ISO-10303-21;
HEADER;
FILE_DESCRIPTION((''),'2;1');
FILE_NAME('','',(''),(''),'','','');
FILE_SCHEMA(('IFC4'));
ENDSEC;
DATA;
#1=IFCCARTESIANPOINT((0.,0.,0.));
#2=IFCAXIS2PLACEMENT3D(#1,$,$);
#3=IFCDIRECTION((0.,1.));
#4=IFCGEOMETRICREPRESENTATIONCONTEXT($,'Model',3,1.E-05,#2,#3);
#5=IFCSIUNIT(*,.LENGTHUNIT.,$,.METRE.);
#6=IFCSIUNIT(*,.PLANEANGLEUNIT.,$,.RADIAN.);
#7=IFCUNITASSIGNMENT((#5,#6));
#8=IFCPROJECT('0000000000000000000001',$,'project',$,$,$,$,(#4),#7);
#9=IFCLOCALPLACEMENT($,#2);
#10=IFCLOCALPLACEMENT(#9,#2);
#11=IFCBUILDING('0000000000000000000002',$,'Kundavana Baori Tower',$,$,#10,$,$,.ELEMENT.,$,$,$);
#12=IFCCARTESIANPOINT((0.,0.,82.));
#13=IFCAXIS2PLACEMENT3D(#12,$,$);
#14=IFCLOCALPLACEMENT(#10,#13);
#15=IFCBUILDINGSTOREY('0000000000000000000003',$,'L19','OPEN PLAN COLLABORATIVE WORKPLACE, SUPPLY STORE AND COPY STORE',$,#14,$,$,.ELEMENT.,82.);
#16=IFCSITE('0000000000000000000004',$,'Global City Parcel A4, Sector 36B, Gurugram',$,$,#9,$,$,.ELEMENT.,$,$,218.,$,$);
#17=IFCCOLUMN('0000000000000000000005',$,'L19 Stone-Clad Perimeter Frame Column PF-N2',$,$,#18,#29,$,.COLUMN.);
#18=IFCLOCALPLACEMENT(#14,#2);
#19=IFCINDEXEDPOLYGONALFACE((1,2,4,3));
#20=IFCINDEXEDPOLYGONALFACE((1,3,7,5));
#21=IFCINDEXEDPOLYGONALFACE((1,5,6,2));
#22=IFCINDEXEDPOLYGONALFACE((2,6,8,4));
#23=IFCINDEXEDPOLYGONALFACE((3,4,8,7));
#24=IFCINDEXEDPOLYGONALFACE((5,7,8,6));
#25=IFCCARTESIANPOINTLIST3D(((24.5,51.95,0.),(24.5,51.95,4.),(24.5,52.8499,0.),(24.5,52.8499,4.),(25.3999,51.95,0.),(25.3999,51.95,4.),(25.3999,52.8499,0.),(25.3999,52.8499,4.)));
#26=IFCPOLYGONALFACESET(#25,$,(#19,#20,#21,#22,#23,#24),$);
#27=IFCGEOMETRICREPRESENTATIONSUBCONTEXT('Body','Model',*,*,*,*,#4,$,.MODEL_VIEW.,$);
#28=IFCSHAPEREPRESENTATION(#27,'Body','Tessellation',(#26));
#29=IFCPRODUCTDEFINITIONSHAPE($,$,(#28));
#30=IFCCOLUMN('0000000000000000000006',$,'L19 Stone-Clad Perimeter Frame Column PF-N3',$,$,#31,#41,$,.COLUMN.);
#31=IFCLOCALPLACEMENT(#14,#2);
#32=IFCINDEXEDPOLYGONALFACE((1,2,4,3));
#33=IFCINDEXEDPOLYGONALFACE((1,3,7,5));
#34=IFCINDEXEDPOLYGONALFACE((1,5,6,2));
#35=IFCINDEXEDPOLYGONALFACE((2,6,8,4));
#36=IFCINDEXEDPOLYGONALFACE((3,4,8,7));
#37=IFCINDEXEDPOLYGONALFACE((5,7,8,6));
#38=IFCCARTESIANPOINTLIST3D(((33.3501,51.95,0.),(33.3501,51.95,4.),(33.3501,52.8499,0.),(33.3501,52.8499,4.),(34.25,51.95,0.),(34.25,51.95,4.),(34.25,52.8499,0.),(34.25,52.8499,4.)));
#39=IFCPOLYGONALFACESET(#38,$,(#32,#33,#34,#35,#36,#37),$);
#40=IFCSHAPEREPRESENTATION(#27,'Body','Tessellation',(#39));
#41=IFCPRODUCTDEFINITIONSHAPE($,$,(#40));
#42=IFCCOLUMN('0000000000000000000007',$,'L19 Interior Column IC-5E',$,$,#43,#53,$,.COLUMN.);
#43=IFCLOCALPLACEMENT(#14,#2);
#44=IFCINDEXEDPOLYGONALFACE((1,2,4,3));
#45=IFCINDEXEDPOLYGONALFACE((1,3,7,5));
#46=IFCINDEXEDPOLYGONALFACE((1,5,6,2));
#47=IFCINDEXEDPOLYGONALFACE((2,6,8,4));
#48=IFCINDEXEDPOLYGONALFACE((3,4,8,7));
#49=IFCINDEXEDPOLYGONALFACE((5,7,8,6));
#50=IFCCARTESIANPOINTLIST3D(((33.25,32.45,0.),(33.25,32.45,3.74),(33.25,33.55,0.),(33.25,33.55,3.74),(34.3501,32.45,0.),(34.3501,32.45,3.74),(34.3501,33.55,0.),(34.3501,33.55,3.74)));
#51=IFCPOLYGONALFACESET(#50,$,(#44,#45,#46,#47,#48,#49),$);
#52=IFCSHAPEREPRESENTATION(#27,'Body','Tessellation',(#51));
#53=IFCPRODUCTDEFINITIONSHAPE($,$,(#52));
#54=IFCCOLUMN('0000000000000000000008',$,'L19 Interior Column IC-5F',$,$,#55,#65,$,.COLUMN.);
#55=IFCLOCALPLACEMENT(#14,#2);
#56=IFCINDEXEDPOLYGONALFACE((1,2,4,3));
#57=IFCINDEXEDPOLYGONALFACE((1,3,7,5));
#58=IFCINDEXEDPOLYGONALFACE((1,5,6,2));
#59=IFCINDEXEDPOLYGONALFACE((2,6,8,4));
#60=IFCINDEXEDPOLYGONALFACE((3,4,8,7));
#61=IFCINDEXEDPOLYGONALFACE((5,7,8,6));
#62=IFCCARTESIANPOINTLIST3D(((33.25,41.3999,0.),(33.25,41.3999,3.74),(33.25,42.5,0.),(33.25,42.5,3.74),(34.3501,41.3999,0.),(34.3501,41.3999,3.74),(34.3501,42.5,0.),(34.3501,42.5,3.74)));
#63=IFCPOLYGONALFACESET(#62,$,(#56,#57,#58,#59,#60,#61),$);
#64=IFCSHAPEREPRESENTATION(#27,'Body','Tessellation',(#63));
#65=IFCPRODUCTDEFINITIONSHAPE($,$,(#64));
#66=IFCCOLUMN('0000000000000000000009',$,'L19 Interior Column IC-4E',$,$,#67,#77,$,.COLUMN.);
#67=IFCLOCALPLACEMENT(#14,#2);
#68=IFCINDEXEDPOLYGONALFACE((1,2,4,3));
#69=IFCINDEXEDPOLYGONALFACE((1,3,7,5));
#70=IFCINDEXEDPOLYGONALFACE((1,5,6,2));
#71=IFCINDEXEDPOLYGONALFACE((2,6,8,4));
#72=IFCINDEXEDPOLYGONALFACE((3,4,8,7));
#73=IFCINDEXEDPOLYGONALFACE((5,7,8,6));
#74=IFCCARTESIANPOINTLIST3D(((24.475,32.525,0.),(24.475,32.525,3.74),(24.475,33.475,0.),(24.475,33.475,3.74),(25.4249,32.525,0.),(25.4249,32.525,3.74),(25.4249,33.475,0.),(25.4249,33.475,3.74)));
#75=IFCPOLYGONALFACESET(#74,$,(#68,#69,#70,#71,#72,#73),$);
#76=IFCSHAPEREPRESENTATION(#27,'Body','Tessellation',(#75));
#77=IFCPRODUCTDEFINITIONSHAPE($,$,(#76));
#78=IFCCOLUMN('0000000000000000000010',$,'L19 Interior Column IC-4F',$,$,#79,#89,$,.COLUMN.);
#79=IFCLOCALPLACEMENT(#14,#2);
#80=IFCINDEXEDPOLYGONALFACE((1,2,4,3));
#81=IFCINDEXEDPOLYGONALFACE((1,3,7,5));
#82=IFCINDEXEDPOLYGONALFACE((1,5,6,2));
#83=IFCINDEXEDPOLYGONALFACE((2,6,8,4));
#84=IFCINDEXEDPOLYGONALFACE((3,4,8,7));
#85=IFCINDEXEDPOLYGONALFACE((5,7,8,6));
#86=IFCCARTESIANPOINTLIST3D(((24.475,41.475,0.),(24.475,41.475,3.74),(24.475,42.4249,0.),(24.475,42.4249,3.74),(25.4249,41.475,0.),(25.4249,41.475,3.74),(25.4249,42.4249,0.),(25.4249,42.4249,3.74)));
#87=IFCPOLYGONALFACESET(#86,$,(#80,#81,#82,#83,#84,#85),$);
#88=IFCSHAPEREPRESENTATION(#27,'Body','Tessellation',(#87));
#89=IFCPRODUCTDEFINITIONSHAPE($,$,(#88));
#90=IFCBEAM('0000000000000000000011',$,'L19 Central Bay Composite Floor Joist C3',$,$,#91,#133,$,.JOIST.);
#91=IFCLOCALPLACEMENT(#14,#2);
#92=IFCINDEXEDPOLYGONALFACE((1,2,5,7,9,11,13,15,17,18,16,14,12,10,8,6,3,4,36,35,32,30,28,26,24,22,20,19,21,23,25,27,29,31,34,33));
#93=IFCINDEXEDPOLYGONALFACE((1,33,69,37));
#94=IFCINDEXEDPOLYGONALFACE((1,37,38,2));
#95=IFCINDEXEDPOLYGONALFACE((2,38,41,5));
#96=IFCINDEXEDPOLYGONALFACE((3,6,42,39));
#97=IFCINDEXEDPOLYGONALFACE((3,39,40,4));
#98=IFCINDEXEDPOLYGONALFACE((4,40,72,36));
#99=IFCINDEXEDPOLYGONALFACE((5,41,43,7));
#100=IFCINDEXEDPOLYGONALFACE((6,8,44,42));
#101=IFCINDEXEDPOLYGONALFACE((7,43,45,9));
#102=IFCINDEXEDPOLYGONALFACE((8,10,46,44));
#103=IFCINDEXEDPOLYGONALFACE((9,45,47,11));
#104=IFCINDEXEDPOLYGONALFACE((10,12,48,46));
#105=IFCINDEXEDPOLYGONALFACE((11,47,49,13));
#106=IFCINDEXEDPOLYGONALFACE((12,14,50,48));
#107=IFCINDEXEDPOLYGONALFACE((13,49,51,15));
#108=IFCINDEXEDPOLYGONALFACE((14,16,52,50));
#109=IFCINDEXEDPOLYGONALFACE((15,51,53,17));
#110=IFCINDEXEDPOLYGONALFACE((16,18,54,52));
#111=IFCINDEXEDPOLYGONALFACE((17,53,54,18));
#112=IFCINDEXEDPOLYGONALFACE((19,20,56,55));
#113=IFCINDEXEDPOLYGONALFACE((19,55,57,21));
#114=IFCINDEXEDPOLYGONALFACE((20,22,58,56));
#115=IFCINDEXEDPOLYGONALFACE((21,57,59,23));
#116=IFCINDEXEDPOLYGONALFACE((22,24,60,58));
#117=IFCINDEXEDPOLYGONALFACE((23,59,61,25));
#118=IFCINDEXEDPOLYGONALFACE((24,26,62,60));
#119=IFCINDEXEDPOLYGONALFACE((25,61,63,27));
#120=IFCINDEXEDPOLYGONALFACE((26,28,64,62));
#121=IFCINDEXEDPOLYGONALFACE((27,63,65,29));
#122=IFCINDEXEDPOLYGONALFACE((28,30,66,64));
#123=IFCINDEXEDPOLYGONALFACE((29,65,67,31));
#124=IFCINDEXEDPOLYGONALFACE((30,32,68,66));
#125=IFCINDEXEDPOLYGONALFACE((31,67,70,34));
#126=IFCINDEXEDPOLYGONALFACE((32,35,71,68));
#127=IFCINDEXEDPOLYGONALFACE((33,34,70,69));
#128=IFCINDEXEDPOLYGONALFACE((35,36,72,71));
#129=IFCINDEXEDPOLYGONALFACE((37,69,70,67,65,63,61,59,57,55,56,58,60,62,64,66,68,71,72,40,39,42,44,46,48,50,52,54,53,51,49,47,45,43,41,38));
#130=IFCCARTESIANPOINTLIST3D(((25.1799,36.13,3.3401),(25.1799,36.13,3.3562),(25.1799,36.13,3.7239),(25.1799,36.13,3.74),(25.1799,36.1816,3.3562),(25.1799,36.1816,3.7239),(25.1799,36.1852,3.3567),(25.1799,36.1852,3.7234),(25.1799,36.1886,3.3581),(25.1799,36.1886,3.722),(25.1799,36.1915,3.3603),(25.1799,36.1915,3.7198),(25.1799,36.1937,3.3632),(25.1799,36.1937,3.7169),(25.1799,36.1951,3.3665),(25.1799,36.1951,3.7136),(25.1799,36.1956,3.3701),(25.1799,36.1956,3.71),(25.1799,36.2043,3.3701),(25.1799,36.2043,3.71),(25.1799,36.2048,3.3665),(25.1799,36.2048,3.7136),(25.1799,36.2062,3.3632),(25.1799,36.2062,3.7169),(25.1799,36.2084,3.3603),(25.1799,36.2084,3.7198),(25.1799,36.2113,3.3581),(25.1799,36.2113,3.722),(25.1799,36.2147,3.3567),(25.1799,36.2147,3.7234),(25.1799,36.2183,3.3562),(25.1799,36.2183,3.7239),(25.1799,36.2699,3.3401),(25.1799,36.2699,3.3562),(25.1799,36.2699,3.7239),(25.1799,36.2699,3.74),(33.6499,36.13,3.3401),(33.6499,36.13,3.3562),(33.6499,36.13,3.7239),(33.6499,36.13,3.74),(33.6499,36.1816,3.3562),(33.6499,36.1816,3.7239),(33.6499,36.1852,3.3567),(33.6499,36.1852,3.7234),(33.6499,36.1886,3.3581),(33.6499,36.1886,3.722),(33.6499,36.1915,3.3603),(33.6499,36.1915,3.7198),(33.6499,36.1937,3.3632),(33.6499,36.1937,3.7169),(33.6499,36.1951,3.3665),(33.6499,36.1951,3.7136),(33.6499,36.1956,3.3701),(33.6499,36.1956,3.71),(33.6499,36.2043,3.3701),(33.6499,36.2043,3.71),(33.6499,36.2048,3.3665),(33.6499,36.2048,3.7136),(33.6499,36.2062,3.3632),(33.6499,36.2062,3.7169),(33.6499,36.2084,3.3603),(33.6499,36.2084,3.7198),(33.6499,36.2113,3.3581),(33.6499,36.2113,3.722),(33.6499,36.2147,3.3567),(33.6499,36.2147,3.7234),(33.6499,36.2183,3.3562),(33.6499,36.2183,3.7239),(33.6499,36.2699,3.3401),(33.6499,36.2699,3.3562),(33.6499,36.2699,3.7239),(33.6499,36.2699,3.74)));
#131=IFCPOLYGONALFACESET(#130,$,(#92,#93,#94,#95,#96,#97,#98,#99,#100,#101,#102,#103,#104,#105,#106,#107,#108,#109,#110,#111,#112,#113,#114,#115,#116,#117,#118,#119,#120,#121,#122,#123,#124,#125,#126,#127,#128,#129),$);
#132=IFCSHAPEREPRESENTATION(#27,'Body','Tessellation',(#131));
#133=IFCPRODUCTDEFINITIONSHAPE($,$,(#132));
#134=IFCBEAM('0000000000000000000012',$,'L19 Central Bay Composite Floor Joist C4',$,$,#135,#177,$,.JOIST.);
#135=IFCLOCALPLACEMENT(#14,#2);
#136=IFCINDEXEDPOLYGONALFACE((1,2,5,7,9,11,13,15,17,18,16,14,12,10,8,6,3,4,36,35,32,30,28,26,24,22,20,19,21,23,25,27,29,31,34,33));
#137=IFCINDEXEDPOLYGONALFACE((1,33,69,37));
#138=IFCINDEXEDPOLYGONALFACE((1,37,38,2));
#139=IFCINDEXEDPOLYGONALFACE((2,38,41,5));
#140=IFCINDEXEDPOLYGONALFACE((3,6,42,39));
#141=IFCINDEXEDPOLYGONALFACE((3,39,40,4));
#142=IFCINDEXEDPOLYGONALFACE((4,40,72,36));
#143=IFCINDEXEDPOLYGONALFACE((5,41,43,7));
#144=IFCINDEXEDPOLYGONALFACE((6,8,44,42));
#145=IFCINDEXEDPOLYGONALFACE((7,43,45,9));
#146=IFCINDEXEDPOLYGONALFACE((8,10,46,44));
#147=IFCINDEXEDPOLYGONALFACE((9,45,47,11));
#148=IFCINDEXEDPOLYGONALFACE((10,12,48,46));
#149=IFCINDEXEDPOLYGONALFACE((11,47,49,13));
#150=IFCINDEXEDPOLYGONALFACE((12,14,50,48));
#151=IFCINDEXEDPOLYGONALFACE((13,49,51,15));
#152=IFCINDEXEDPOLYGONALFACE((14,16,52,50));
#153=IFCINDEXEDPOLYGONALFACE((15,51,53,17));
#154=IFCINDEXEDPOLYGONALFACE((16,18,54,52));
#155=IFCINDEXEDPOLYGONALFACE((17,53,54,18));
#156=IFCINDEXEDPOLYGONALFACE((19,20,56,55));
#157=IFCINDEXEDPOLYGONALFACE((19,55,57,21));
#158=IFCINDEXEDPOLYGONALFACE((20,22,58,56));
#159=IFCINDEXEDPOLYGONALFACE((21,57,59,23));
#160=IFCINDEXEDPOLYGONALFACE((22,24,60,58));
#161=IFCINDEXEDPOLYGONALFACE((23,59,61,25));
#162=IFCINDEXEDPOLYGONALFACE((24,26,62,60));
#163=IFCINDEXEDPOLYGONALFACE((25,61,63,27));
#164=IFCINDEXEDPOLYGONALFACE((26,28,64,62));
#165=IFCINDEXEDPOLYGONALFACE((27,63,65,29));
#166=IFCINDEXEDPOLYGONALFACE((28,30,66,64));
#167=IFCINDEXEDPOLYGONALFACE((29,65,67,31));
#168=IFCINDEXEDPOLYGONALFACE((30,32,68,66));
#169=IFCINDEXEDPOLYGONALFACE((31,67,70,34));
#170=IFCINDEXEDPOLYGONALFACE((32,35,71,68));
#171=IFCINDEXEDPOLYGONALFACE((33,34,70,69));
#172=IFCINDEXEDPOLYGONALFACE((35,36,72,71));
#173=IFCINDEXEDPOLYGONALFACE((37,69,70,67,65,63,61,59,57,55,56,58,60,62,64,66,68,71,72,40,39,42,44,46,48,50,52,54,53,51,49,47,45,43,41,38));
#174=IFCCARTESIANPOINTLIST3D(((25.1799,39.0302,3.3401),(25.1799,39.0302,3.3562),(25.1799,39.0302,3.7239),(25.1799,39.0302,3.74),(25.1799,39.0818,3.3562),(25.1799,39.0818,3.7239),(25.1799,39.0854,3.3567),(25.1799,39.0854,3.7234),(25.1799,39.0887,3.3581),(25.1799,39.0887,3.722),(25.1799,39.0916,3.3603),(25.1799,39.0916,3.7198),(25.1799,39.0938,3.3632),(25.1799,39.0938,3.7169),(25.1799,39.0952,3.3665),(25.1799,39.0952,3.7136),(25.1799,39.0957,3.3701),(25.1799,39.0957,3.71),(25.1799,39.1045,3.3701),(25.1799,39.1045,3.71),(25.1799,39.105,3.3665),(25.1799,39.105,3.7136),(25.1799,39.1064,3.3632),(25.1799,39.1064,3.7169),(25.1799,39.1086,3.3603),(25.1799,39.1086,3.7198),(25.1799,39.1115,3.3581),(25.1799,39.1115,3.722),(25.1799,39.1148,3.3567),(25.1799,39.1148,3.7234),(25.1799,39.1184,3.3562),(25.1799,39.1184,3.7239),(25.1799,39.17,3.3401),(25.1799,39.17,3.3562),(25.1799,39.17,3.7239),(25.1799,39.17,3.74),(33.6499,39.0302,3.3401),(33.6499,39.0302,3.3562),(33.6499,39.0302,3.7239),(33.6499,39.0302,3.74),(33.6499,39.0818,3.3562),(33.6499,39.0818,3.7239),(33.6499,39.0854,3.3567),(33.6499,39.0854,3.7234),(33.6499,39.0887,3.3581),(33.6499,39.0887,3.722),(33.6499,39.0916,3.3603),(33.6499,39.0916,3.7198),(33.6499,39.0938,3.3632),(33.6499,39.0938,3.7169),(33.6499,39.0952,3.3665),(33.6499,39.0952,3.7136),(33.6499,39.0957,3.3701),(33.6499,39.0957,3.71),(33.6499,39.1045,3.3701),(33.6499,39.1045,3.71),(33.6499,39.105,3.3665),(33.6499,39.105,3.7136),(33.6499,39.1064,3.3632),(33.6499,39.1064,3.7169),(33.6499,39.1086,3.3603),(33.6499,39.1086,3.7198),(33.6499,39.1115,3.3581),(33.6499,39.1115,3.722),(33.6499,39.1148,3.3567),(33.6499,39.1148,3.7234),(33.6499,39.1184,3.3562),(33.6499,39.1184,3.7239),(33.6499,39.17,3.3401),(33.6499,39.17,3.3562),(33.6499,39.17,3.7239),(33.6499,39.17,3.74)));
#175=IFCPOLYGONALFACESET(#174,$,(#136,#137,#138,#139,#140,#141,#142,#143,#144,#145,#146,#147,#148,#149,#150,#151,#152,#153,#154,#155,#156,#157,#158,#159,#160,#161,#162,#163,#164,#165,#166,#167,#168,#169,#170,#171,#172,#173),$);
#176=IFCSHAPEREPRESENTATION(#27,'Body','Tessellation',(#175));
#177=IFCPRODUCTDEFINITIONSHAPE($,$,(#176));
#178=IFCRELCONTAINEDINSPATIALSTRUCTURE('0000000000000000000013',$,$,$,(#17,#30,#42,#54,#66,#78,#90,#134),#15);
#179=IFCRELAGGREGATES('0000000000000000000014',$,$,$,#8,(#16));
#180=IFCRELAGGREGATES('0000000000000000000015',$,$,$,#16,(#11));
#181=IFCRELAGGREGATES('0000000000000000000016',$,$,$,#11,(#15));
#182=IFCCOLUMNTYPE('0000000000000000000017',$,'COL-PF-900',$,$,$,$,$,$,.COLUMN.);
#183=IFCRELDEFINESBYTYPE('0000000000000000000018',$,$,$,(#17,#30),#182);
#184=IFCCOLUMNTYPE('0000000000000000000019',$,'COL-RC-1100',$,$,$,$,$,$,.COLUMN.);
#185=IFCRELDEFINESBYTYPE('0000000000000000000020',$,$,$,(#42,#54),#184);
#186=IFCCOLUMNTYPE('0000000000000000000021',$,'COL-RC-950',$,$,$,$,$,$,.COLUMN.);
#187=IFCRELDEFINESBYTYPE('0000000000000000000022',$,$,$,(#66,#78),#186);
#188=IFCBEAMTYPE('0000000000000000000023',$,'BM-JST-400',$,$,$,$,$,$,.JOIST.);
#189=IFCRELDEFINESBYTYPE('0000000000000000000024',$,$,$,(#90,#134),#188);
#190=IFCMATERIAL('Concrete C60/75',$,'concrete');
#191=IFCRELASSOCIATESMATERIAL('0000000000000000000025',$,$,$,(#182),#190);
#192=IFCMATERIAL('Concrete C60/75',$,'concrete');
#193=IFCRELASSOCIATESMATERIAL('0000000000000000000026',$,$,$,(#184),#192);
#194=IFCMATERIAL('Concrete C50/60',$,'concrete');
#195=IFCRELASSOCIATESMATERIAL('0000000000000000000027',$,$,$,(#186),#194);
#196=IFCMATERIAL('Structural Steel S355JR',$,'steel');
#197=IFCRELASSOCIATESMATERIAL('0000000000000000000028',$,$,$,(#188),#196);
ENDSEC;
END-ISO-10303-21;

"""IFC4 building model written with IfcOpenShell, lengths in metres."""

from ifc_helpers import new_model, si_unit, direction, frame, origin, origin_2d, place, context, subcontext, project, spatial, rectangle, i_section, extrude, material, material_profile, profile_set, type_object, element, save


model = new_model("IFC4")

# Units and contexts
model_context = context("Model", 3, precision=1e-05, world=origin(), true_north=direction((0.0, 1.0)))
body_context = subcontext(model_context, "Body", "Model", "MODEL_VIEW")
ifc_project = project(units=[si_unit("LENGTHUNIT", "METRE"), si_unit("PLANEANGLEUNIT", "RADIAN")], contexts=[model_context])

# Site, building, storey
site_placement = place(None, origin())
site = spatial("IfcSite", under=ifc_project, at=site_placement, Name="Global City Parcel A4, Sector 36B, Gurugram", CompositionType="ELEMENT", RefElevation=218.0)
building_placement = place(site_placement, origin())
building = spatial("IfcBuilding", under=site, at=building_placement, Name="Kundavana Baori Tower", CompositionType="ELEMENT")
storey_placement = place(building_placement, frame((0.0, 0.0, 82.0)))
storey = spatial("IfcBuildingStorey", under=building, at=storey_placement, Name="L19", Description="OPEN PLAN COLLABORATIVE WORKPLACE, SUPPLY STORE AND COPY STORE", CompositionType="ELEMENT", Elevation=82.0)

# Columns
ifc_material_1 = material(Name="Concrete C60/75", Category="concrete")
ifc_material_profile_1 = material_profile(ifc_material_1, rectangle(XDim=0.8999, YDim=0.8999, at=origin_2d()), Name="RC PF 900x900")
ifc_profile_set_1 = profile_set([ifc_material_profile_1], Name="Concrete C60/75")
column_type_1 = type_object("IfcColumnType", Name="COL-PF-900", PredefinedType="COLUMN", material=ifc_profile_set_1)
for number, where, z_axis, x_axis, name in (
    (1, (24.95, 52.3999, 0.0), (0.0, 0.0, 1.0), (1.0, 0.0, 0.0), "L19 Stone-Clad Perimeter Frame Column PF-N2"),
    (2, (33.8, 52.3999, 0.0), (0.0, 0.0, 1.0), (1.0, 0.0, 0.0), "L19 Stone-Clad Perimeter Frame Column PF-N3"),
):
    element("IfcColumn", number, at=place(storey_placement, frame(where, z_axis=z_axis, x_axis=x_axis)), inside=storey, type_object=column_type_1, Name=name, PredefinedType="COLUMN", context=body_context, shape_type="SweptSolid", body=[
        extrude(rectangle(XDim=0.8999, YDim=0.8999, at=origin_2d()), origin(), (0.0, 0.0, 1.0), 4.0),
    ])
ifc_material_2 = material(Name="Concrete C60/75", Category="concrete")
ifc_material_profile_2 = material_profile(ifc_material_2, rectangle(XDim=1.1001, YDim=1.1001, at=origin_2d()), Name="RC 1100x1100")
ifc_profile_set_2 = profile_set([ifc_material_profile_2], Name="Concrete C60/75")
column_type_2 = type_object("IfcColumnType", Name="COL-RC-1100", PredefinedType="COLUMN", material=ifc_profile_set_2)
for number, where, z_axis, x_axis, name in (
    (3, (33.8, 33.0, 0.0), (0.0, 0.0, 1.0), (1.0, 0.0, 0.0), "L19 Interior Column IC-5E"),
    (4, (33.8, 41.95, 0.0), (0.0, 0.0, 1.0), (1.0, 0.0, 0.0), "L19 Interior Column IC-5F"),
):
    element("IfcColumn", number, at=place(storey_placement, frame(where, z_axis=z_axis, x_axis=x_axis)), inside=storey, type_object=column_type_2, Name=name, PredefinedType="COLUMN", context=body_context, shape_type="SweptSolid", body=[
        extrude(rectangle(XDim=1.1001, YDim=1.1001, at=origin_2d()), origin(), (0.0, 0.0, 1.0), 3.74),
    ])
ifc_material_3 = material(Name="Concrete C50/60", Category="concrete")
ifc_material_profile_3 = material_profile(ifc_material_3, rectangle(XDim=0.95, YDim=0.95, at=origin_2d()), Name="RC 950x950")
ifc_profile_set_3 = profile_set([ifc_material_profile_3], Name="Concrete C50/60")
column_type_3 = type_object("IfcColumnType", Name="COL-RC-950", PredefinedType="COLUMN", material=ifc_profile_set_3)
for number, where, z_axis, x_axis, name in (
    (5, (24.95, 33.0, 0.0), (0.0, 0.0, 1.0), (1.0, 0.0, 0.0), "L19 Interior Column IC-4E"),
    (6, (24.95, 41.95, 0.0), (0.0, 0.0, 1.0), (1.0, 0.0, 0.0), "L19 Interior Column IC-4F"),
):
    element("IfcColumn", number, at=place(storey_placement, frame(where, z_axis=z_axis, x_axis=x_axis)), inside=storey, type_object=column_type_3, Name=name, PredefinedType="COLUMN", context=body_context, shape_type="SweptSolid", body=[
        extrude(rectangle(XDim=0.95, YDim=0.95, at=origin_2d()), origin(), (0.0, 0.0, 1.0), 3.74),
    ])

# Beams
ifc_material_4 = material(Name="Structural Steel S355JR", Category="steel")
ifc_material_profile_4 = material_profile(ifc_material_4, i_section(OverallWidth=0.1399, OverallDepth=0.3999, WebThickness=0.0088, FlangeThickness=0.0161, FilletRadius=0.0139, at=origin_2d()), Name="ISMB 400")
ifc_profile_set_4 = profile_set([ifc_material_profile_4], Name="Structural Steel S355JR")
beam_type_1 = type_object("IfcBeamType", Name="BM-JST-400", PredefinedType="JOIST", material=ifc_profile_set_4)
for number, where, z_axis, x_axis, name in (
    (7, (25.1799, 36.2, 3.54), (1.0, 0.0, 0.0), (0.0, 1.0, 0.0), "L19 Central Bay Composite Floor Joist C3"),
    (8, (25.1799, 39.1001, 3.54), (1.0, 0.0, 0.0), (0.0, 1.0, 0.0), "L19 Central Bay Composite Floor Joist C4"),
):
    element("IfcBeam", number, at=place(storey_placement, frame(where, z_axis=z_axis, x_axis=x_axis)), inside=storey, type_object=beam_type_1, Name=name, PredefinedType="JOIST", context=body_context, shape_type="SweptSolid", body=[
        extrude(i_section(OverallWidth=0.1399, OverallDepth=0.3999, WebThickness=0.0088, FlangeThickness=0.0161, FilletRadius=0.0139, at=origin_2d()), origin(), (0.0, 0.0, 1.0), 8.47),
    ])

save(model, "model.ifc")
